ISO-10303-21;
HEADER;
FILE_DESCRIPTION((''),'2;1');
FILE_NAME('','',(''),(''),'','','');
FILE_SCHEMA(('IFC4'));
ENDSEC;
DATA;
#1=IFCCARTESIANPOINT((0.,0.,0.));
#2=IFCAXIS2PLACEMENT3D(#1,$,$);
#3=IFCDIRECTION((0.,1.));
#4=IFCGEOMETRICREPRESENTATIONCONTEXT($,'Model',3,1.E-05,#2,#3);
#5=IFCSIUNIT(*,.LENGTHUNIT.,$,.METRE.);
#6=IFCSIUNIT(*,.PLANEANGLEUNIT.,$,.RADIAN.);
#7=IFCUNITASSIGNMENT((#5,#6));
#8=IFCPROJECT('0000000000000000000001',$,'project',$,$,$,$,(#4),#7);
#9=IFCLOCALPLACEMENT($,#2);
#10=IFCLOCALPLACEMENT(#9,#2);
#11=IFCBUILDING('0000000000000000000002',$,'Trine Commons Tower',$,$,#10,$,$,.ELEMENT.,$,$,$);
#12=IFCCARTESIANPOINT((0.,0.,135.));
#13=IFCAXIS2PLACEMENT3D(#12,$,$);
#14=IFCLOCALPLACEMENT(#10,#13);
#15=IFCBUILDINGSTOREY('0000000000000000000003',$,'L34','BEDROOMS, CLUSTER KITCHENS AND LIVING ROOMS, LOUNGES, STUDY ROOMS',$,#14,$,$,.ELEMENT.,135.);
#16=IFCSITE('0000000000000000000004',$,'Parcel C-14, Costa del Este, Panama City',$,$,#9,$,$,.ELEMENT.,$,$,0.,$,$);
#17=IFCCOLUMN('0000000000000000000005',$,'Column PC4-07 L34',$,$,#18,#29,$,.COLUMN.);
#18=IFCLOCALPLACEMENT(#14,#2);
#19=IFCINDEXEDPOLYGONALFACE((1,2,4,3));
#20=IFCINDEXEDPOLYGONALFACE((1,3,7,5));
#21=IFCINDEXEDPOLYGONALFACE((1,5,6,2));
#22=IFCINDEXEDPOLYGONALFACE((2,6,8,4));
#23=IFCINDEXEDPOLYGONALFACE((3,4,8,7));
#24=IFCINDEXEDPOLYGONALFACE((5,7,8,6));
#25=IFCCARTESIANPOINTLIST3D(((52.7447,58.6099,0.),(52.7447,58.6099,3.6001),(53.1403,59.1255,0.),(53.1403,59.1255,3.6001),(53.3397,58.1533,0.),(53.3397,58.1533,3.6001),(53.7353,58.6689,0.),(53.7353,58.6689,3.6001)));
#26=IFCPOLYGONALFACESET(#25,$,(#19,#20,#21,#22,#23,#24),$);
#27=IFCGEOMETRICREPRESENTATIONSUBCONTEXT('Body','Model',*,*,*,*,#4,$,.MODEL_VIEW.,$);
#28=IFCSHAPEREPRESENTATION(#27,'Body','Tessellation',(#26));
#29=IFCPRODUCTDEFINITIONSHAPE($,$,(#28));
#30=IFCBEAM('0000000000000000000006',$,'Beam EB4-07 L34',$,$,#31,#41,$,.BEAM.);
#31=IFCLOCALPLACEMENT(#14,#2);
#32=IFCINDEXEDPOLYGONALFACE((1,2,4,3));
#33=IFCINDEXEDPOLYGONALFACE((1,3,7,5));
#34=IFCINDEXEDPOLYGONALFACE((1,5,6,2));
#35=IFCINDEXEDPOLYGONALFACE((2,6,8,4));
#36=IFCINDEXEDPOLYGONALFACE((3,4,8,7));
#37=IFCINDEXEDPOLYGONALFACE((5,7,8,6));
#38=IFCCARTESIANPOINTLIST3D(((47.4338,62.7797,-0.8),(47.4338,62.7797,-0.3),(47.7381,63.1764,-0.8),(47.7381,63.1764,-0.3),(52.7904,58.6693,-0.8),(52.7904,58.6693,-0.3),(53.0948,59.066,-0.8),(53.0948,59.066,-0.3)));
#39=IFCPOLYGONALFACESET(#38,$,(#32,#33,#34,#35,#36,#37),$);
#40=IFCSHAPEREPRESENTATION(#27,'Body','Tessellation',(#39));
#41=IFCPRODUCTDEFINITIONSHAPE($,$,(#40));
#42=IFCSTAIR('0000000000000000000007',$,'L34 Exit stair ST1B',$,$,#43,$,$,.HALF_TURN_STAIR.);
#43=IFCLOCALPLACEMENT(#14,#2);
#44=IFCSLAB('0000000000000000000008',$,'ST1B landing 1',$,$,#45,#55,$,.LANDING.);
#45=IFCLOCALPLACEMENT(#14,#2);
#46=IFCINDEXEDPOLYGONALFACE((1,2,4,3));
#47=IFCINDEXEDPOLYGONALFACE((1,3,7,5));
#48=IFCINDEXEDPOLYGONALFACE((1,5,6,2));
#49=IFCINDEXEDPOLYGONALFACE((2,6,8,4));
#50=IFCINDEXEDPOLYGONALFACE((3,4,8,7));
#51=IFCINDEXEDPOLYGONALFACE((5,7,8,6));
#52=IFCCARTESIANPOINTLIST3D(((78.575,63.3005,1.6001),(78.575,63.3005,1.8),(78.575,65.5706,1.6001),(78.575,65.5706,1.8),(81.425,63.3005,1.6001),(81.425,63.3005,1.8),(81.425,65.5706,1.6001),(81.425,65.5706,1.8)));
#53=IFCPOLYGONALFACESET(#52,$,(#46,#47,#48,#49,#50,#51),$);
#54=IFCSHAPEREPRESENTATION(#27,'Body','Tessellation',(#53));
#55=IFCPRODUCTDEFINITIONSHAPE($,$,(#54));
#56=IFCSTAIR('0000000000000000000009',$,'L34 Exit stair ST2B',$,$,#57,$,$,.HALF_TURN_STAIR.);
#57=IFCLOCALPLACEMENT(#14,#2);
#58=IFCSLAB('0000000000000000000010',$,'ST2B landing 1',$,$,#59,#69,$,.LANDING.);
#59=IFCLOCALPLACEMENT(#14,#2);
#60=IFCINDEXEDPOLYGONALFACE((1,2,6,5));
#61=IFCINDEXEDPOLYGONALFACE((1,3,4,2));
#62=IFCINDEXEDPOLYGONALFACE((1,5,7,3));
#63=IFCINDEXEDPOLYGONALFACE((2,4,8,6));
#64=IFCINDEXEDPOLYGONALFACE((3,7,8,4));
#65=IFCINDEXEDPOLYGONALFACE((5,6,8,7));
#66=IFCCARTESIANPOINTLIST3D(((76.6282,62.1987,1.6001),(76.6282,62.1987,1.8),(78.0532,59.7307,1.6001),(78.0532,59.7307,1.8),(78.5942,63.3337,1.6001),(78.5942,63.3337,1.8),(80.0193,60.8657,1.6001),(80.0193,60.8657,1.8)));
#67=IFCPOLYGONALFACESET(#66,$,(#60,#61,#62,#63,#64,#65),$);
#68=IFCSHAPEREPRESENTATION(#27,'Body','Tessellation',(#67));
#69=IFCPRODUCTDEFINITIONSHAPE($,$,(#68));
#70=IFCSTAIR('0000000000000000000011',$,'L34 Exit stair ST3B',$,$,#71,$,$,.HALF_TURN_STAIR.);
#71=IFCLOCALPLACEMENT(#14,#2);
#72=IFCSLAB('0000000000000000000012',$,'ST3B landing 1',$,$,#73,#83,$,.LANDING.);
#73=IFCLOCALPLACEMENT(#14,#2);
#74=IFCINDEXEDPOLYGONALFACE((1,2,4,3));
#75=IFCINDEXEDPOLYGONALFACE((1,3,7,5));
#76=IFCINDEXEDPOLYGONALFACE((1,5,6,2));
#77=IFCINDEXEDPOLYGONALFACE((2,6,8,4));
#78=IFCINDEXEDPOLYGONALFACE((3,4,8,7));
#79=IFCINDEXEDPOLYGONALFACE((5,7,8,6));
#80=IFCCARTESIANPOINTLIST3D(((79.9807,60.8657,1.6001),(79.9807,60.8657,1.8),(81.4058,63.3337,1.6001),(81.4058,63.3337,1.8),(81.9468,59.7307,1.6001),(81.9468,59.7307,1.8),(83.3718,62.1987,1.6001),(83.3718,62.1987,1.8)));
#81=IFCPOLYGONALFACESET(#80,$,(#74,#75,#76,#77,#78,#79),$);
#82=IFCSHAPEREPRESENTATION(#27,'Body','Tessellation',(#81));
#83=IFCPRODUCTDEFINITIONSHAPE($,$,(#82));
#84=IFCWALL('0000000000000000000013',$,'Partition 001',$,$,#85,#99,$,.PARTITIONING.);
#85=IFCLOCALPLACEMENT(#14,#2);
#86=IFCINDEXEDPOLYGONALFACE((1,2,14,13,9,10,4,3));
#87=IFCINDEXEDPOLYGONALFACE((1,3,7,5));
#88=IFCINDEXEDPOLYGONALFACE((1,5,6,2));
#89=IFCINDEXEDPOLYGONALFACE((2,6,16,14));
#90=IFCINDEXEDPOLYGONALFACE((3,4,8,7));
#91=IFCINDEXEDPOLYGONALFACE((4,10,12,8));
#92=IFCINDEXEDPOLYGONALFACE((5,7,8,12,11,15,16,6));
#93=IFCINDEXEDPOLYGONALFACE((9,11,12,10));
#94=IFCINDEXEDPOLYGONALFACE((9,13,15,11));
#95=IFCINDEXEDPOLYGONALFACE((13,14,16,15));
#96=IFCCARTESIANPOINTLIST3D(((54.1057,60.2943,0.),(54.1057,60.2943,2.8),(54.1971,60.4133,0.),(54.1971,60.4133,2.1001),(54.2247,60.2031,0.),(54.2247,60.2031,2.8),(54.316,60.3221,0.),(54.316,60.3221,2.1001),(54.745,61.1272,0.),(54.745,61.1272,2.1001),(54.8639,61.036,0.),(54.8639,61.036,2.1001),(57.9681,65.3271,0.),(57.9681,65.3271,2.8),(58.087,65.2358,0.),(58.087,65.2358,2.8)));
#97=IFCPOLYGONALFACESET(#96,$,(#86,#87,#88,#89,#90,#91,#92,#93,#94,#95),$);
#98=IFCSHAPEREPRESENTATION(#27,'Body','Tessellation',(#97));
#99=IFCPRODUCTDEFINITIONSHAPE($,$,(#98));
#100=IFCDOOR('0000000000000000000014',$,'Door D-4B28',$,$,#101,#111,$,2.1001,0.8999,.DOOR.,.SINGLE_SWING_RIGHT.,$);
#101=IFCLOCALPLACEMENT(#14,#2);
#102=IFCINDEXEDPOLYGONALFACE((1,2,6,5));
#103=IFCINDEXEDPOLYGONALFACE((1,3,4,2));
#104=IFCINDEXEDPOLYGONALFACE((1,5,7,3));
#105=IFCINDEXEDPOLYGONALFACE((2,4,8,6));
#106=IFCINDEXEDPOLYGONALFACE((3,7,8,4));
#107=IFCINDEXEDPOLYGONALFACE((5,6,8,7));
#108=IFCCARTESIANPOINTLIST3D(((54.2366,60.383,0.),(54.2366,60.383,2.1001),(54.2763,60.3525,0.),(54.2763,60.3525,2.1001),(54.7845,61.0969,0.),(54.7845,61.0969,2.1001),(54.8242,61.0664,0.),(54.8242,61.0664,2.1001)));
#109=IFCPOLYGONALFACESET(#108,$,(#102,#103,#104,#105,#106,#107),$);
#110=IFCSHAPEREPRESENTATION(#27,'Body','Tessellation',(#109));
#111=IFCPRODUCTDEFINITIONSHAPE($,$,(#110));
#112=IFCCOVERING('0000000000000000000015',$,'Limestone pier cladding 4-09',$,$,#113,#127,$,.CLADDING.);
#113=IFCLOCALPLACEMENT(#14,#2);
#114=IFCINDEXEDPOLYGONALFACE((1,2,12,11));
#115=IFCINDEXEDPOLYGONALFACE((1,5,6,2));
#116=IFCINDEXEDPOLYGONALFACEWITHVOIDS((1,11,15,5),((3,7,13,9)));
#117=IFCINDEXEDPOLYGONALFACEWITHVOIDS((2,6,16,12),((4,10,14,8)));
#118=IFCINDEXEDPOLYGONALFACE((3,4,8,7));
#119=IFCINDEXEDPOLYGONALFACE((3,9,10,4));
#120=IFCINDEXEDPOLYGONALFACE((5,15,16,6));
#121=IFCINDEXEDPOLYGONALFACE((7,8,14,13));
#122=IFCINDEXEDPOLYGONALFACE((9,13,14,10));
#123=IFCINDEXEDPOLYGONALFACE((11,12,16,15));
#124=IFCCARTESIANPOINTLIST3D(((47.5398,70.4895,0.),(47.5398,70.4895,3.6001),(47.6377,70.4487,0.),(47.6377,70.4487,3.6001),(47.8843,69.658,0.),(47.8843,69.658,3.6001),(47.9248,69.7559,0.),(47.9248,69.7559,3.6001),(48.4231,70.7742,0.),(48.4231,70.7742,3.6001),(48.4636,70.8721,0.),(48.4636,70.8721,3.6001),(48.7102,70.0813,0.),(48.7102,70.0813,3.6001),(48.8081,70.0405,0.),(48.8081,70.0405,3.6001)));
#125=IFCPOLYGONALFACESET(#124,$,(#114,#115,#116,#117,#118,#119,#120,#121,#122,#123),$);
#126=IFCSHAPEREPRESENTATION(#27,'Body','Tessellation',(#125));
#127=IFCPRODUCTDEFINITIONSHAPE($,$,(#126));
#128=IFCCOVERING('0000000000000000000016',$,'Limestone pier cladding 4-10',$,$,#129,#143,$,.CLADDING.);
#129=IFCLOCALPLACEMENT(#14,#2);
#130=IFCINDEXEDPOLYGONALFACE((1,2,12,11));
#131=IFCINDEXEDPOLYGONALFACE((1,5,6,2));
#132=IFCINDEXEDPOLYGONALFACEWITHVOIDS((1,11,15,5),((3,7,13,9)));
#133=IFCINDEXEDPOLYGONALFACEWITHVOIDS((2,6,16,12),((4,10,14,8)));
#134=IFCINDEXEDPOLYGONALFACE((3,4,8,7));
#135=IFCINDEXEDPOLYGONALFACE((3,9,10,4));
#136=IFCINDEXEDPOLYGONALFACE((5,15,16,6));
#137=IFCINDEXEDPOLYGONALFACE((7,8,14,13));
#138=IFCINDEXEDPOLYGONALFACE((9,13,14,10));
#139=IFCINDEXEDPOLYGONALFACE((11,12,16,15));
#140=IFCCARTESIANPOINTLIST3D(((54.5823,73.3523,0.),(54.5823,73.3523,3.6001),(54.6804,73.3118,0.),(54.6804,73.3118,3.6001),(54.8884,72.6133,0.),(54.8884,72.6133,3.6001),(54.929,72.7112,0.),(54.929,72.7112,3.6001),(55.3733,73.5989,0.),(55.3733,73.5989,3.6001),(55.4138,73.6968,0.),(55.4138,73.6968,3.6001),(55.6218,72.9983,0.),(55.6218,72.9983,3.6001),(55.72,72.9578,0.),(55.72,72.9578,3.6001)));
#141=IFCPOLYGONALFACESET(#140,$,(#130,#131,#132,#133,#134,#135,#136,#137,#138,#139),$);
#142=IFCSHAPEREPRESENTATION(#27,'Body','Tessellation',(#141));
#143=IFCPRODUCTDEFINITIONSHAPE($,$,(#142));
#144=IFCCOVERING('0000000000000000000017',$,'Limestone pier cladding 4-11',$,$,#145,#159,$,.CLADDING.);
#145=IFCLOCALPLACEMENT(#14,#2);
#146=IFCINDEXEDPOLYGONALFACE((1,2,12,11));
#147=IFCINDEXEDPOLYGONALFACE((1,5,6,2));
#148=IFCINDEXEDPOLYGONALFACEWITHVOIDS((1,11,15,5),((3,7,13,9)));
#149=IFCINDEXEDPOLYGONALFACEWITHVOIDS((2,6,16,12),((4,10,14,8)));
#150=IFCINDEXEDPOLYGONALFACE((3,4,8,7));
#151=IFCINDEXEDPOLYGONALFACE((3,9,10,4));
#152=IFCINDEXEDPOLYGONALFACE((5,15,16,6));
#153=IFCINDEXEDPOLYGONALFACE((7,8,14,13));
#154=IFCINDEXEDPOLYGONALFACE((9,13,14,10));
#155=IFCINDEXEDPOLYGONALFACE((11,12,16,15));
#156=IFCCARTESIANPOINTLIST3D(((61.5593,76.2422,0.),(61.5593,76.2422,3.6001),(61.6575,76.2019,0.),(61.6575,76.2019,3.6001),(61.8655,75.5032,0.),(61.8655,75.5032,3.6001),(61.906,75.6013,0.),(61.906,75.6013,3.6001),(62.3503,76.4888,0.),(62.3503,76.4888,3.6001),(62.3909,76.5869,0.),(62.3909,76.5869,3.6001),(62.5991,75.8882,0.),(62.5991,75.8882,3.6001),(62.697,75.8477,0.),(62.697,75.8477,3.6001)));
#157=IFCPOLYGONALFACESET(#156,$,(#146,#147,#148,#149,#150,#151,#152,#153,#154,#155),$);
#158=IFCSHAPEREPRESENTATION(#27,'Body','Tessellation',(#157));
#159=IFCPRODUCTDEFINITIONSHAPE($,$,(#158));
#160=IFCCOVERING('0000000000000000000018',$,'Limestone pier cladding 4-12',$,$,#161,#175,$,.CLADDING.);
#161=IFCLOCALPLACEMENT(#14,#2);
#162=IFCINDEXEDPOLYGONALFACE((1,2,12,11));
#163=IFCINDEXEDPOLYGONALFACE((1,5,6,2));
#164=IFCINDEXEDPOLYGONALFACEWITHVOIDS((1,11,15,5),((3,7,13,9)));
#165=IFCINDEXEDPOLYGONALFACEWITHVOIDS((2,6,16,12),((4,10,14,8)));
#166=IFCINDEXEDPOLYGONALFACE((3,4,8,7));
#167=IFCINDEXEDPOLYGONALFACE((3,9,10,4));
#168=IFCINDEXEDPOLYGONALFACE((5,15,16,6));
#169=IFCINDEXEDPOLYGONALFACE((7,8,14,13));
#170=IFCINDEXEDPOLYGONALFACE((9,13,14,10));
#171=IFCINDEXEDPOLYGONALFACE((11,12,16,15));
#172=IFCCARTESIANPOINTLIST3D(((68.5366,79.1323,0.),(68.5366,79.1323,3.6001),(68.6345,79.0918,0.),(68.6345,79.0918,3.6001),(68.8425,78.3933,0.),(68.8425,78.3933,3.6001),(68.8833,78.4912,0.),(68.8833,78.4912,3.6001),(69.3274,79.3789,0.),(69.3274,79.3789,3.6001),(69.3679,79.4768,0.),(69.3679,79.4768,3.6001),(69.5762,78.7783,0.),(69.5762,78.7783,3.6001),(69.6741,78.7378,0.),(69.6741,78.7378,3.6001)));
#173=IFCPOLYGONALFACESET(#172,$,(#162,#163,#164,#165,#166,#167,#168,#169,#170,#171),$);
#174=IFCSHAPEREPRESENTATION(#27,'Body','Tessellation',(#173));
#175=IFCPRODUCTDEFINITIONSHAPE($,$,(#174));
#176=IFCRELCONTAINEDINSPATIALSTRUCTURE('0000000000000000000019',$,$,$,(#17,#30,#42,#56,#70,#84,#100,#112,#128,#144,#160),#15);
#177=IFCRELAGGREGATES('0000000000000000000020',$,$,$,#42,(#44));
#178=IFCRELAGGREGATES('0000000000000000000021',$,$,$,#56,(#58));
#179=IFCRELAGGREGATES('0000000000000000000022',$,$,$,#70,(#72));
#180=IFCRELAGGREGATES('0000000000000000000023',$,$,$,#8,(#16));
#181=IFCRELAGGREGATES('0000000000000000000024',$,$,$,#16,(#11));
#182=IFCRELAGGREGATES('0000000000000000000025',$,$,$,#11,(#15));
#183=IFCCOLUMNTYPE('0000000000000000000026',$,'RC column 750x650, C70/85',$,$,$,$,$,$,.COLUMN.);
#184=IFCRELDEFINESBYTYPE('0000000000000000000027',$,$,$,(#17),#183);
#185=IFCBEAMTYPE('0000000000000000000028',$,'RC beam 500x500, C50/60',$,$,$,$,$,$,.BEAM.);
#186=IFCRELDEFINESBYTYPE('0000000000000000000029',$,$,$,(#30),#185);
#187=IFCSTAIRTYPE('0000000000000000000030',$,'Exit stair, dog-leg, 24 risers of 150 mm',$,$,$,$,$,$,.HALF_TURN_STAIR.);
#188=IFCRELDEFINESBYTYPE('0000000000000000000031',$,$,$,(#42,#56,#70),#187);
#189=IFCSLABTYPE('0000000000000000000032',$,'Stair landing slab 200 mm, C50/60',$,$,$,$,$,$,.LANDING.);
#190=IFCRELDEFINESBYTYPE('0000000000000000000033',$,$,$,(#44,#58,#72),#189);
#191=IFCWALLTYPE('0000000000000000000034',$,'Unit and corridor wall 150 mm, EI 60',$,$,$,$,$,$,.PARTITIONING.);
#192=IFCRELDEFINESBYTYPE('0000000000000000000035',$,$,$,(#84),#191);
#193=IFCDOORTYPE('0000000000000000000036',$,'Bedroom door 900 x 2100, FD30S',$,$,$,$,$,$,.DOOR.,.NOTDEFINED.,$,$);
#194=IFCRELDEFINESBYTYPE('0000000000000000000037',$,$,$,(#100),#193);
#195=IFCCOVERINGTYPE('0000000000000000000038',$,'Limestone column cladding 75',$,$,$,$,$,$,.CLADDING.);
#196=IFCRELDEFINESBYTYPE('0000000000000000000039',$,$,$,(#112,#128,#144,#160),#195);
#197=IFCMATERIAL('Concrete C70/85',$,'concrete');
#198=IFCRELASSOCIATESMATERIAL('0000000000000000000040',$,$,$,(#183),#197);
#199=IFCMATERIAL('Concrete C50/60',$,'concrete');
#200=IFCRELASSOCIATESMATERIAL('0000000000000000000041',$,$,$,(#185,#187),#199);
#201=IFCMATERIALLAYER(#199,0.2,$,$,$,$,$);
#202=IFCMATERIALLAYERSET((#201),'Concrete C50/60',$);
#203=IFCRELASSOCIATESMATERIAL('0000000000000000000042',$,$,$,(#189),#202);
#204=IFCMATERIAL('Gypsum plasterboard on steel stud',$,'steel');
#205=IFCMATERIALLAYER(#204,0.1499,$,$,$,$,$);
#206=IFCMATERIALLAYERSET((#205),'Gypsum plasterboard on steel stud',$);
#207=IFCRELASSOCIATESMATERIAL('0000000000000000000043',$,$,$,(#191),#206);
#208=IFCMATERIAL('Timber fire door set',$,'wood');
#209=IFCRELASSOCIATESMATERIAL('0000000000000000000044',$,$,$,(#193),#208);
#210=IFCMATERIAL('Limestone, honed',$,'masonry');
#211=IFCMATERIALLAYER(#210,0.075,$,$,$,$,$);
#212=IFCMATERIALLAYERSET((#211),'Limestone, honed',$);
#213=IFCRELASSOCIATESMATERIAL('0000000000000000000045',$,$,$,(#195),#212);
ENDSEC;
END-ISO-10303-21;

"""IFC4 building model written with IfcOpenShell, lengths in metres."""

from ifc_helpers import new_model, si_unit, direction, frame, frame_2d, origin, origin_2d, place, context, subcontext, project, spatial, polyline, rectangle, outline, extrude, material, layer, layer_set, material_profile, profile_set, type_object, element, fill, aggregate, save


model = new_model("IFC4")

# Units and contexts
model_context = context("Model", 3, precision=1e-05, world=origin(), true_north=direction((0.0, 1.0)))
body_context = subcontext(model_context, "Body", "Model", "MODEL_VIEW")
ifc_project = project(units=[si_unit("LENGTHUNIT", "METRE"), si_unit("PLANEANGLEUNIT", "RADIAN")], contexts=[model_context])

# Site, building, storey
site_placement = place(None, origin())
site = spatial("IfcSite", under=ifc_project, at=site_placement, Name="Parcel C-14, Costa del Este, Panama City", CompositionType="ELEMENT", RefElevation=0.0)
building_placement = place(site_placement, origin())
building = spatial("IfcBuilding", under=site, at=building_placement, Name="Trine Commons Tower", CompositionType="ELEMENT")
storey_placement = place(building_placement, frame((0.0, 0.0, 135.0)))
storey = spatial("IfcBuildingStorey", under=building, at=storey_placement, Name="L34", Description="BEDROOMS, CLUSTER KITCHENS AND LIVING ROOMS, LOUNGES, STUDY ROOMS", CompositionType="ELEMENT", Elevation=135.0)

# Column
ifc_material_1 = material(Name="Concrete C70/85", Category="concrete")
ifc_material_profile_1 = material_profile(ifc_material_1, rectangle(XDim=0.75, YDim=0.6499, at=origin_2d()), Name="RC 750x650")
ifc_profile_set_1 = profile_set([ifc_material_profile_1], Name="Concrete C70/85")
column_type = type_object("IfcColumnType", Name="RC column 750x650, C70/85", PredefinedType="COLUMN", material=ifc_profile_set_1)
column_placement = place(storey_placement, frame((53.24, 58.6394, 0.0), z_axis=(0.0, 0.0, 1.0), x_axis=(-0.793353, 0.608761, 0.0)))
element("IfcColumn", 1, at=column_placement, inside=storey, type_object=column_type, Name="Column PC4-07 L34", PredefinedType="COLUMN", context=body_context, shape_type="SweptSolid", body=[
    extrude(rectangle(XDim=0.75, YDim=0.6499, at=origin_2d()), origin(), (0.0, 0.0, 1.0), 3.6001),
])

# Beam
ifc_material_2 = material(Name="Concrete C50/60", Category="concrete")
ifc_material_profile_2 = material_profile(ifc_material_2, rectangle(XDim=0.5, YDim=0.5, at=origin_2d()), Name="RC 500x500")
ifc_profile_set_2 = profile_set([ifc_material_profile_2], Name="Concrete C50/60")
beam_type = type_object("IfcBeamType", Name="RC beam 500x500, C50/60", PredefinedType="BEAM", material=ifc_profile_set_2)
beam_placement = place(storey_placement, frame((52.9426, 58.8677, -0.55), z_axis=(-0.793352, 0.608763, 0.0), x_axis=(-0.608763, -0.793352, 0.0)))
element("IfcBeam", 2, at=beam_placement, inside=storey, type_object=beam_type, Name="Beam EB4-07 L34", PredefinedType="BEAM", context=body_context, shape_type="SweptSolid", body=[
    extrude(rectangle(XDim=0.5, YDim=0.5, at=origin_2d()), origin(), (0.0, 0.0, 1.0), 6.752),
])

# Stairs, slabs
stair_type = type_object("IfcStairType", Name="Exit stair, dog-leg, 24 risers of 150 mm", PredefinedType="HALF_TURN_STAIR", material=ifc_material_2)
stair_1_placement = place(storey_placement, origin())
stair_1 = element("IfcStair", 3, at=stair_1_placement, inside=storey, type_object=stair_type, Name="L34 Exit stair ST1B", PredefinedType="HALF_TURN_STAIR")
ifc_layer_1 = layer(ifc_material_2, 0.2)
ifc_layer_set_1 = layer_set([ifc_layer_1], Name="Concrete C50/60")
slab_type = type_object("IfcSlabType", Name="Stair landing slab 200 mm, C50/60", PredefinedType="LANDING", material=ifc_layer_set_1)
slab_1_placement = place(storey_placement, frame((0.0, 0.0, 1.6001)))
slab_1 = element("IfcSlab", 4, at=slab_1_placement, type_object=slab_type, Name="ST1B landing 1", PredefinedType="LANDING", context=body_context, shape_type="SweptSolid", body=[
    extrude(outline(polyline([(78.575, 65.5706), (78.575, 63.3005), (81.425, 63.3005), (81.425, 65.5706), (78.575, 65.5706)])), origin(), (0.0, 0.0, 1.0), 0.2),
])
aggregate(stair_1, [slab_1])
stair_2_placement = place(storey_placement, origin())
stair_2 = element("IfcStair", 5, at=stair_2_placement, inside=storey, type_object=stair_type, Name="L34 Exit stair ST2B", PredefinedType="HALF_TURN_STAIR")
slab_2_placement = place(storey_placement, frame((0.0, 0.0, 1.6001)))
slab_2 = element("IfcSlab", 6, at=slab_2_placement, type_object=slab_type, Name="ST2B landing 1", PredefinedType="LANDING", context=body_context, shape_type="SweptSolid", body=[
    extrude(outline(polyline([(78.0532, 59.7307), (80.0193, 60.8657), (78.5942, 63.3337), (76.6282, 62.1987), (78.0532, 59.7307)])), origin(), (0.0, 0.0, 1.0), 0.2),
])
aggregate(stair_2, [slab_2])
stair_3_placement = place(storey_placement, origin())
stair_3 = element("IfcStair", 7, at=stair_3_placement, inside=storey, type_object=stair_type, Name="L34 Exit stair ST3B", PredefinedType="HALF_TURN_STAIR")
slab_3_placement = place(storey_placement, frame((0.0, 0.0, 1.6001)))
slab_3 = element("IfcSlab", 8, at=slab_3_placement, type_object=slab_type, Name="ST3B landing 1", PredefinedType="LANDING", context=body_context, shape_type="SweptSolid", body=[
    extrude(outline(polyline([(83.3718, 62.1987), (81.4058, 63.3337), (79.9807, 60.8657), (81.9468, 59.7307), (83.3718, 62.1987)])), origin(), (0.0, 0.0, 1.0), 0.2),
])
aggregate(stair_3, [slab_3])

# Wall, opening, door
ifc_material_3 = material(Name="Gypsum plasterboard on steel stud", Category="steel")
ifc_layer_2 = layer(ifc_material_3, 0.1499)
ifc_layer_set_2 = layer_set([ifc_layer_2], Name="Gypsum plasterboard on steel stud")
wall_type = type_object("IfcWallType", Name="Unit and corridor wall 150 mm, EI 60", PredefinedType="PARTITIONING", material=ifc_layer_set_2)
wall_placement = place(storey_placement, frame((54.1653, 60.2488, 0.0), z_axis=(0.0, 0.0, 1.0), x_axis=(0.608818, 0.79331, 0.0)))
wall = element("IfcWall", 9, at=wall_placement, inside=storey, type_object=wall_type, Name="Partition 001", PredefinedType="PARTITIONING", context=body_context, shape_type="SweptSolid", body=[
    extrude(rectangle(XDim=6.344, YDim=0.1499, at=frame_2d((3.1719, 0.0))), origin(), (0.0, 0.0, 1.0), 2.8),
])
opening_placement = place(wall_placement, frame((0.1499, 0.0, 0.0)))
opening = element("IfcOpeningElement", 10, at=opening_placement, cuts=wall, PredefinedType="OPENING", context=body_context, shape_type="SweptSolid", body=[
    extrude(rectangle(XDim=0.8999, YDim=2.1001, at=frame_2d((0.45, 1.05))), frame((0.0, 0.085, 0.0), z_axis=(0.0, -1.0, 0.0), x_axis=(1.0, 0.0, 0.0)), (0.0, 0.0, 1.0), 0.1699),
])
ifc_material_4 = material(Name="Timber fire door set", Category="wood")
door_type = type_object("IfcDoorType", Name="Bedroom door 900 x 2100, FD30S", OperationType="NOTDEFINED", PredefinedType="DOOR", material=ifc_material_4)
door_placement = place(opening_placement, frame((0.8999, 0.0, 0.0), z_axis=(0.0, 0.0, 1.0), x_axis=(-1.0, 0.0, 0.0)))
door = element("IfcDoor", 11, at=door_placement, inside=storey, type_object=door_type, Name="Door D-4B28", OperationType="SINGLE_SWING_RIGHT", OverallHeight=2.1001, OverallWidth=0.8999, PredefinedType="DOOR", context=body_context, shape_type="SweptSolid", body=[
    extrude(rectangle(XDim=0.8999, YDim=2.1001, at=frame_2d((0.45, 1.05))), frame((0.0, 0.0249, 0.0), z_axis=(0.0, -1.0, 0.0), x_axis=(1.0, 0.0, 0.0)), (0.0, 0.0, 1.0), 0.05),
])
fill(opening, door)

# Coverings
ifc_material_5 = material(Name="Limestone, honed", Category="masonry")
ifc_layer_3 = layer(ifc_material_5, 0.075)
ifc_layer_set_3 = layer_set([ifc_layer_3], Name="Limestone, honed")
covering_type_1 = type_object("IfcCoveringType", Name="Limestone column cladding 75", PredefinedType="CLADDING", material=ifc_layer_set_3)
covering_1_placement = place(storey_placement, origin())
element("IfcCovering", 12, at=covering_1_placement, inside=storey, type_object=covering_type_1, Name="Limestone pier cladding 4-09", PredefinedType="CLADDING", context=body_context, shape_type="SweptSolid", body=[
    extrude(outline(polyline([(48.8081, 70.0405), (48.4636, 70.8721), (47.5398, 70.4895), (47.8843, 69.658), (48.8081, 70.0405)]), holes=[polyline([(48.7102, 70.0813), (48.4231, 70.7742), (47.6377, 70.4487), (47.9248, 69.7559), (48.7102, 70.0813)])]), origin(), (0.0, 0.0, 1.0), 3.6001),
])
covering_2_placement = place(storey_placement, origin())
element("IfcCovering", 13, at=covering_2_placement, inside=storey, type_object=covering_type_1, Name="Limestone pier cladding 4-10", PredefinedType="CLADDING", context=body_context, shape_type="SweptSolid", body=[
    extrude(outline(polyline([(55.72, 72.9578), (55.4138, 73.6968), (54.5823, 73.3523), (54.8884, 72.6133), (55.72, 72.9578)]), holes=[polyline([(55.6218, 72.9983), (55.3733, 73.5989), (54.6804, 73.3118), (54.929, 72.7112), (55.6218, 72.9983)])]), origin(), (0.0, 0.0, 1.0), 3.6001),
])
covering_3_placement = place(storey_placement, origin())
element("IfcCovering", 14, at=covering_3_placement, inside=storey, type_object=covering_type_1, Name="Limestone pier cladding 4-11", PredefinedType="CLADDING", context=body_context, shape_type="SweptSolid", body=[
    extrude(outline(polyline([(62.697, 75.8477), (62.3909, 76.5869), (61.5593, 76.2422), (61.8655, 75.5032), (62.697, 75.8477)]), holes=[polyline([(62.5991, 75.8882), (62.3503, 76.4888), (61.6575, 76.2019), (61.906, 75.6013), (62.5991, 75.8882)])]), origin(), (0.0, 0.0, 1.0), 3.6001),
])
covering_4_placement = place(storey_placement, origin())
element("IfcCovering", 15, at=covering_4_placement, inside=storey, type_object=covering_type_1, Name="Limestone pier cladding 4-12", PredefinedType="CLADDING", context=body_context, shape_type="SweptSolid", body=[
    extrude(outline(polyline([(69.6741, 78.7378), (69.3679, 79.4768), (68.5366, 79.1323), (68.8425, 78.3933), (69.6741, 78.7378)]), holes=[polyline([(69.5762, 78.7783), (69.3274, 79.3789), (68.6345, 79.0918), (68.8833, 78.4912), (69.5762, 78.7783)])]), origin(), (0.0, 0.0, 1.0), 3.6001),
])

save(model, "model.ifc")
